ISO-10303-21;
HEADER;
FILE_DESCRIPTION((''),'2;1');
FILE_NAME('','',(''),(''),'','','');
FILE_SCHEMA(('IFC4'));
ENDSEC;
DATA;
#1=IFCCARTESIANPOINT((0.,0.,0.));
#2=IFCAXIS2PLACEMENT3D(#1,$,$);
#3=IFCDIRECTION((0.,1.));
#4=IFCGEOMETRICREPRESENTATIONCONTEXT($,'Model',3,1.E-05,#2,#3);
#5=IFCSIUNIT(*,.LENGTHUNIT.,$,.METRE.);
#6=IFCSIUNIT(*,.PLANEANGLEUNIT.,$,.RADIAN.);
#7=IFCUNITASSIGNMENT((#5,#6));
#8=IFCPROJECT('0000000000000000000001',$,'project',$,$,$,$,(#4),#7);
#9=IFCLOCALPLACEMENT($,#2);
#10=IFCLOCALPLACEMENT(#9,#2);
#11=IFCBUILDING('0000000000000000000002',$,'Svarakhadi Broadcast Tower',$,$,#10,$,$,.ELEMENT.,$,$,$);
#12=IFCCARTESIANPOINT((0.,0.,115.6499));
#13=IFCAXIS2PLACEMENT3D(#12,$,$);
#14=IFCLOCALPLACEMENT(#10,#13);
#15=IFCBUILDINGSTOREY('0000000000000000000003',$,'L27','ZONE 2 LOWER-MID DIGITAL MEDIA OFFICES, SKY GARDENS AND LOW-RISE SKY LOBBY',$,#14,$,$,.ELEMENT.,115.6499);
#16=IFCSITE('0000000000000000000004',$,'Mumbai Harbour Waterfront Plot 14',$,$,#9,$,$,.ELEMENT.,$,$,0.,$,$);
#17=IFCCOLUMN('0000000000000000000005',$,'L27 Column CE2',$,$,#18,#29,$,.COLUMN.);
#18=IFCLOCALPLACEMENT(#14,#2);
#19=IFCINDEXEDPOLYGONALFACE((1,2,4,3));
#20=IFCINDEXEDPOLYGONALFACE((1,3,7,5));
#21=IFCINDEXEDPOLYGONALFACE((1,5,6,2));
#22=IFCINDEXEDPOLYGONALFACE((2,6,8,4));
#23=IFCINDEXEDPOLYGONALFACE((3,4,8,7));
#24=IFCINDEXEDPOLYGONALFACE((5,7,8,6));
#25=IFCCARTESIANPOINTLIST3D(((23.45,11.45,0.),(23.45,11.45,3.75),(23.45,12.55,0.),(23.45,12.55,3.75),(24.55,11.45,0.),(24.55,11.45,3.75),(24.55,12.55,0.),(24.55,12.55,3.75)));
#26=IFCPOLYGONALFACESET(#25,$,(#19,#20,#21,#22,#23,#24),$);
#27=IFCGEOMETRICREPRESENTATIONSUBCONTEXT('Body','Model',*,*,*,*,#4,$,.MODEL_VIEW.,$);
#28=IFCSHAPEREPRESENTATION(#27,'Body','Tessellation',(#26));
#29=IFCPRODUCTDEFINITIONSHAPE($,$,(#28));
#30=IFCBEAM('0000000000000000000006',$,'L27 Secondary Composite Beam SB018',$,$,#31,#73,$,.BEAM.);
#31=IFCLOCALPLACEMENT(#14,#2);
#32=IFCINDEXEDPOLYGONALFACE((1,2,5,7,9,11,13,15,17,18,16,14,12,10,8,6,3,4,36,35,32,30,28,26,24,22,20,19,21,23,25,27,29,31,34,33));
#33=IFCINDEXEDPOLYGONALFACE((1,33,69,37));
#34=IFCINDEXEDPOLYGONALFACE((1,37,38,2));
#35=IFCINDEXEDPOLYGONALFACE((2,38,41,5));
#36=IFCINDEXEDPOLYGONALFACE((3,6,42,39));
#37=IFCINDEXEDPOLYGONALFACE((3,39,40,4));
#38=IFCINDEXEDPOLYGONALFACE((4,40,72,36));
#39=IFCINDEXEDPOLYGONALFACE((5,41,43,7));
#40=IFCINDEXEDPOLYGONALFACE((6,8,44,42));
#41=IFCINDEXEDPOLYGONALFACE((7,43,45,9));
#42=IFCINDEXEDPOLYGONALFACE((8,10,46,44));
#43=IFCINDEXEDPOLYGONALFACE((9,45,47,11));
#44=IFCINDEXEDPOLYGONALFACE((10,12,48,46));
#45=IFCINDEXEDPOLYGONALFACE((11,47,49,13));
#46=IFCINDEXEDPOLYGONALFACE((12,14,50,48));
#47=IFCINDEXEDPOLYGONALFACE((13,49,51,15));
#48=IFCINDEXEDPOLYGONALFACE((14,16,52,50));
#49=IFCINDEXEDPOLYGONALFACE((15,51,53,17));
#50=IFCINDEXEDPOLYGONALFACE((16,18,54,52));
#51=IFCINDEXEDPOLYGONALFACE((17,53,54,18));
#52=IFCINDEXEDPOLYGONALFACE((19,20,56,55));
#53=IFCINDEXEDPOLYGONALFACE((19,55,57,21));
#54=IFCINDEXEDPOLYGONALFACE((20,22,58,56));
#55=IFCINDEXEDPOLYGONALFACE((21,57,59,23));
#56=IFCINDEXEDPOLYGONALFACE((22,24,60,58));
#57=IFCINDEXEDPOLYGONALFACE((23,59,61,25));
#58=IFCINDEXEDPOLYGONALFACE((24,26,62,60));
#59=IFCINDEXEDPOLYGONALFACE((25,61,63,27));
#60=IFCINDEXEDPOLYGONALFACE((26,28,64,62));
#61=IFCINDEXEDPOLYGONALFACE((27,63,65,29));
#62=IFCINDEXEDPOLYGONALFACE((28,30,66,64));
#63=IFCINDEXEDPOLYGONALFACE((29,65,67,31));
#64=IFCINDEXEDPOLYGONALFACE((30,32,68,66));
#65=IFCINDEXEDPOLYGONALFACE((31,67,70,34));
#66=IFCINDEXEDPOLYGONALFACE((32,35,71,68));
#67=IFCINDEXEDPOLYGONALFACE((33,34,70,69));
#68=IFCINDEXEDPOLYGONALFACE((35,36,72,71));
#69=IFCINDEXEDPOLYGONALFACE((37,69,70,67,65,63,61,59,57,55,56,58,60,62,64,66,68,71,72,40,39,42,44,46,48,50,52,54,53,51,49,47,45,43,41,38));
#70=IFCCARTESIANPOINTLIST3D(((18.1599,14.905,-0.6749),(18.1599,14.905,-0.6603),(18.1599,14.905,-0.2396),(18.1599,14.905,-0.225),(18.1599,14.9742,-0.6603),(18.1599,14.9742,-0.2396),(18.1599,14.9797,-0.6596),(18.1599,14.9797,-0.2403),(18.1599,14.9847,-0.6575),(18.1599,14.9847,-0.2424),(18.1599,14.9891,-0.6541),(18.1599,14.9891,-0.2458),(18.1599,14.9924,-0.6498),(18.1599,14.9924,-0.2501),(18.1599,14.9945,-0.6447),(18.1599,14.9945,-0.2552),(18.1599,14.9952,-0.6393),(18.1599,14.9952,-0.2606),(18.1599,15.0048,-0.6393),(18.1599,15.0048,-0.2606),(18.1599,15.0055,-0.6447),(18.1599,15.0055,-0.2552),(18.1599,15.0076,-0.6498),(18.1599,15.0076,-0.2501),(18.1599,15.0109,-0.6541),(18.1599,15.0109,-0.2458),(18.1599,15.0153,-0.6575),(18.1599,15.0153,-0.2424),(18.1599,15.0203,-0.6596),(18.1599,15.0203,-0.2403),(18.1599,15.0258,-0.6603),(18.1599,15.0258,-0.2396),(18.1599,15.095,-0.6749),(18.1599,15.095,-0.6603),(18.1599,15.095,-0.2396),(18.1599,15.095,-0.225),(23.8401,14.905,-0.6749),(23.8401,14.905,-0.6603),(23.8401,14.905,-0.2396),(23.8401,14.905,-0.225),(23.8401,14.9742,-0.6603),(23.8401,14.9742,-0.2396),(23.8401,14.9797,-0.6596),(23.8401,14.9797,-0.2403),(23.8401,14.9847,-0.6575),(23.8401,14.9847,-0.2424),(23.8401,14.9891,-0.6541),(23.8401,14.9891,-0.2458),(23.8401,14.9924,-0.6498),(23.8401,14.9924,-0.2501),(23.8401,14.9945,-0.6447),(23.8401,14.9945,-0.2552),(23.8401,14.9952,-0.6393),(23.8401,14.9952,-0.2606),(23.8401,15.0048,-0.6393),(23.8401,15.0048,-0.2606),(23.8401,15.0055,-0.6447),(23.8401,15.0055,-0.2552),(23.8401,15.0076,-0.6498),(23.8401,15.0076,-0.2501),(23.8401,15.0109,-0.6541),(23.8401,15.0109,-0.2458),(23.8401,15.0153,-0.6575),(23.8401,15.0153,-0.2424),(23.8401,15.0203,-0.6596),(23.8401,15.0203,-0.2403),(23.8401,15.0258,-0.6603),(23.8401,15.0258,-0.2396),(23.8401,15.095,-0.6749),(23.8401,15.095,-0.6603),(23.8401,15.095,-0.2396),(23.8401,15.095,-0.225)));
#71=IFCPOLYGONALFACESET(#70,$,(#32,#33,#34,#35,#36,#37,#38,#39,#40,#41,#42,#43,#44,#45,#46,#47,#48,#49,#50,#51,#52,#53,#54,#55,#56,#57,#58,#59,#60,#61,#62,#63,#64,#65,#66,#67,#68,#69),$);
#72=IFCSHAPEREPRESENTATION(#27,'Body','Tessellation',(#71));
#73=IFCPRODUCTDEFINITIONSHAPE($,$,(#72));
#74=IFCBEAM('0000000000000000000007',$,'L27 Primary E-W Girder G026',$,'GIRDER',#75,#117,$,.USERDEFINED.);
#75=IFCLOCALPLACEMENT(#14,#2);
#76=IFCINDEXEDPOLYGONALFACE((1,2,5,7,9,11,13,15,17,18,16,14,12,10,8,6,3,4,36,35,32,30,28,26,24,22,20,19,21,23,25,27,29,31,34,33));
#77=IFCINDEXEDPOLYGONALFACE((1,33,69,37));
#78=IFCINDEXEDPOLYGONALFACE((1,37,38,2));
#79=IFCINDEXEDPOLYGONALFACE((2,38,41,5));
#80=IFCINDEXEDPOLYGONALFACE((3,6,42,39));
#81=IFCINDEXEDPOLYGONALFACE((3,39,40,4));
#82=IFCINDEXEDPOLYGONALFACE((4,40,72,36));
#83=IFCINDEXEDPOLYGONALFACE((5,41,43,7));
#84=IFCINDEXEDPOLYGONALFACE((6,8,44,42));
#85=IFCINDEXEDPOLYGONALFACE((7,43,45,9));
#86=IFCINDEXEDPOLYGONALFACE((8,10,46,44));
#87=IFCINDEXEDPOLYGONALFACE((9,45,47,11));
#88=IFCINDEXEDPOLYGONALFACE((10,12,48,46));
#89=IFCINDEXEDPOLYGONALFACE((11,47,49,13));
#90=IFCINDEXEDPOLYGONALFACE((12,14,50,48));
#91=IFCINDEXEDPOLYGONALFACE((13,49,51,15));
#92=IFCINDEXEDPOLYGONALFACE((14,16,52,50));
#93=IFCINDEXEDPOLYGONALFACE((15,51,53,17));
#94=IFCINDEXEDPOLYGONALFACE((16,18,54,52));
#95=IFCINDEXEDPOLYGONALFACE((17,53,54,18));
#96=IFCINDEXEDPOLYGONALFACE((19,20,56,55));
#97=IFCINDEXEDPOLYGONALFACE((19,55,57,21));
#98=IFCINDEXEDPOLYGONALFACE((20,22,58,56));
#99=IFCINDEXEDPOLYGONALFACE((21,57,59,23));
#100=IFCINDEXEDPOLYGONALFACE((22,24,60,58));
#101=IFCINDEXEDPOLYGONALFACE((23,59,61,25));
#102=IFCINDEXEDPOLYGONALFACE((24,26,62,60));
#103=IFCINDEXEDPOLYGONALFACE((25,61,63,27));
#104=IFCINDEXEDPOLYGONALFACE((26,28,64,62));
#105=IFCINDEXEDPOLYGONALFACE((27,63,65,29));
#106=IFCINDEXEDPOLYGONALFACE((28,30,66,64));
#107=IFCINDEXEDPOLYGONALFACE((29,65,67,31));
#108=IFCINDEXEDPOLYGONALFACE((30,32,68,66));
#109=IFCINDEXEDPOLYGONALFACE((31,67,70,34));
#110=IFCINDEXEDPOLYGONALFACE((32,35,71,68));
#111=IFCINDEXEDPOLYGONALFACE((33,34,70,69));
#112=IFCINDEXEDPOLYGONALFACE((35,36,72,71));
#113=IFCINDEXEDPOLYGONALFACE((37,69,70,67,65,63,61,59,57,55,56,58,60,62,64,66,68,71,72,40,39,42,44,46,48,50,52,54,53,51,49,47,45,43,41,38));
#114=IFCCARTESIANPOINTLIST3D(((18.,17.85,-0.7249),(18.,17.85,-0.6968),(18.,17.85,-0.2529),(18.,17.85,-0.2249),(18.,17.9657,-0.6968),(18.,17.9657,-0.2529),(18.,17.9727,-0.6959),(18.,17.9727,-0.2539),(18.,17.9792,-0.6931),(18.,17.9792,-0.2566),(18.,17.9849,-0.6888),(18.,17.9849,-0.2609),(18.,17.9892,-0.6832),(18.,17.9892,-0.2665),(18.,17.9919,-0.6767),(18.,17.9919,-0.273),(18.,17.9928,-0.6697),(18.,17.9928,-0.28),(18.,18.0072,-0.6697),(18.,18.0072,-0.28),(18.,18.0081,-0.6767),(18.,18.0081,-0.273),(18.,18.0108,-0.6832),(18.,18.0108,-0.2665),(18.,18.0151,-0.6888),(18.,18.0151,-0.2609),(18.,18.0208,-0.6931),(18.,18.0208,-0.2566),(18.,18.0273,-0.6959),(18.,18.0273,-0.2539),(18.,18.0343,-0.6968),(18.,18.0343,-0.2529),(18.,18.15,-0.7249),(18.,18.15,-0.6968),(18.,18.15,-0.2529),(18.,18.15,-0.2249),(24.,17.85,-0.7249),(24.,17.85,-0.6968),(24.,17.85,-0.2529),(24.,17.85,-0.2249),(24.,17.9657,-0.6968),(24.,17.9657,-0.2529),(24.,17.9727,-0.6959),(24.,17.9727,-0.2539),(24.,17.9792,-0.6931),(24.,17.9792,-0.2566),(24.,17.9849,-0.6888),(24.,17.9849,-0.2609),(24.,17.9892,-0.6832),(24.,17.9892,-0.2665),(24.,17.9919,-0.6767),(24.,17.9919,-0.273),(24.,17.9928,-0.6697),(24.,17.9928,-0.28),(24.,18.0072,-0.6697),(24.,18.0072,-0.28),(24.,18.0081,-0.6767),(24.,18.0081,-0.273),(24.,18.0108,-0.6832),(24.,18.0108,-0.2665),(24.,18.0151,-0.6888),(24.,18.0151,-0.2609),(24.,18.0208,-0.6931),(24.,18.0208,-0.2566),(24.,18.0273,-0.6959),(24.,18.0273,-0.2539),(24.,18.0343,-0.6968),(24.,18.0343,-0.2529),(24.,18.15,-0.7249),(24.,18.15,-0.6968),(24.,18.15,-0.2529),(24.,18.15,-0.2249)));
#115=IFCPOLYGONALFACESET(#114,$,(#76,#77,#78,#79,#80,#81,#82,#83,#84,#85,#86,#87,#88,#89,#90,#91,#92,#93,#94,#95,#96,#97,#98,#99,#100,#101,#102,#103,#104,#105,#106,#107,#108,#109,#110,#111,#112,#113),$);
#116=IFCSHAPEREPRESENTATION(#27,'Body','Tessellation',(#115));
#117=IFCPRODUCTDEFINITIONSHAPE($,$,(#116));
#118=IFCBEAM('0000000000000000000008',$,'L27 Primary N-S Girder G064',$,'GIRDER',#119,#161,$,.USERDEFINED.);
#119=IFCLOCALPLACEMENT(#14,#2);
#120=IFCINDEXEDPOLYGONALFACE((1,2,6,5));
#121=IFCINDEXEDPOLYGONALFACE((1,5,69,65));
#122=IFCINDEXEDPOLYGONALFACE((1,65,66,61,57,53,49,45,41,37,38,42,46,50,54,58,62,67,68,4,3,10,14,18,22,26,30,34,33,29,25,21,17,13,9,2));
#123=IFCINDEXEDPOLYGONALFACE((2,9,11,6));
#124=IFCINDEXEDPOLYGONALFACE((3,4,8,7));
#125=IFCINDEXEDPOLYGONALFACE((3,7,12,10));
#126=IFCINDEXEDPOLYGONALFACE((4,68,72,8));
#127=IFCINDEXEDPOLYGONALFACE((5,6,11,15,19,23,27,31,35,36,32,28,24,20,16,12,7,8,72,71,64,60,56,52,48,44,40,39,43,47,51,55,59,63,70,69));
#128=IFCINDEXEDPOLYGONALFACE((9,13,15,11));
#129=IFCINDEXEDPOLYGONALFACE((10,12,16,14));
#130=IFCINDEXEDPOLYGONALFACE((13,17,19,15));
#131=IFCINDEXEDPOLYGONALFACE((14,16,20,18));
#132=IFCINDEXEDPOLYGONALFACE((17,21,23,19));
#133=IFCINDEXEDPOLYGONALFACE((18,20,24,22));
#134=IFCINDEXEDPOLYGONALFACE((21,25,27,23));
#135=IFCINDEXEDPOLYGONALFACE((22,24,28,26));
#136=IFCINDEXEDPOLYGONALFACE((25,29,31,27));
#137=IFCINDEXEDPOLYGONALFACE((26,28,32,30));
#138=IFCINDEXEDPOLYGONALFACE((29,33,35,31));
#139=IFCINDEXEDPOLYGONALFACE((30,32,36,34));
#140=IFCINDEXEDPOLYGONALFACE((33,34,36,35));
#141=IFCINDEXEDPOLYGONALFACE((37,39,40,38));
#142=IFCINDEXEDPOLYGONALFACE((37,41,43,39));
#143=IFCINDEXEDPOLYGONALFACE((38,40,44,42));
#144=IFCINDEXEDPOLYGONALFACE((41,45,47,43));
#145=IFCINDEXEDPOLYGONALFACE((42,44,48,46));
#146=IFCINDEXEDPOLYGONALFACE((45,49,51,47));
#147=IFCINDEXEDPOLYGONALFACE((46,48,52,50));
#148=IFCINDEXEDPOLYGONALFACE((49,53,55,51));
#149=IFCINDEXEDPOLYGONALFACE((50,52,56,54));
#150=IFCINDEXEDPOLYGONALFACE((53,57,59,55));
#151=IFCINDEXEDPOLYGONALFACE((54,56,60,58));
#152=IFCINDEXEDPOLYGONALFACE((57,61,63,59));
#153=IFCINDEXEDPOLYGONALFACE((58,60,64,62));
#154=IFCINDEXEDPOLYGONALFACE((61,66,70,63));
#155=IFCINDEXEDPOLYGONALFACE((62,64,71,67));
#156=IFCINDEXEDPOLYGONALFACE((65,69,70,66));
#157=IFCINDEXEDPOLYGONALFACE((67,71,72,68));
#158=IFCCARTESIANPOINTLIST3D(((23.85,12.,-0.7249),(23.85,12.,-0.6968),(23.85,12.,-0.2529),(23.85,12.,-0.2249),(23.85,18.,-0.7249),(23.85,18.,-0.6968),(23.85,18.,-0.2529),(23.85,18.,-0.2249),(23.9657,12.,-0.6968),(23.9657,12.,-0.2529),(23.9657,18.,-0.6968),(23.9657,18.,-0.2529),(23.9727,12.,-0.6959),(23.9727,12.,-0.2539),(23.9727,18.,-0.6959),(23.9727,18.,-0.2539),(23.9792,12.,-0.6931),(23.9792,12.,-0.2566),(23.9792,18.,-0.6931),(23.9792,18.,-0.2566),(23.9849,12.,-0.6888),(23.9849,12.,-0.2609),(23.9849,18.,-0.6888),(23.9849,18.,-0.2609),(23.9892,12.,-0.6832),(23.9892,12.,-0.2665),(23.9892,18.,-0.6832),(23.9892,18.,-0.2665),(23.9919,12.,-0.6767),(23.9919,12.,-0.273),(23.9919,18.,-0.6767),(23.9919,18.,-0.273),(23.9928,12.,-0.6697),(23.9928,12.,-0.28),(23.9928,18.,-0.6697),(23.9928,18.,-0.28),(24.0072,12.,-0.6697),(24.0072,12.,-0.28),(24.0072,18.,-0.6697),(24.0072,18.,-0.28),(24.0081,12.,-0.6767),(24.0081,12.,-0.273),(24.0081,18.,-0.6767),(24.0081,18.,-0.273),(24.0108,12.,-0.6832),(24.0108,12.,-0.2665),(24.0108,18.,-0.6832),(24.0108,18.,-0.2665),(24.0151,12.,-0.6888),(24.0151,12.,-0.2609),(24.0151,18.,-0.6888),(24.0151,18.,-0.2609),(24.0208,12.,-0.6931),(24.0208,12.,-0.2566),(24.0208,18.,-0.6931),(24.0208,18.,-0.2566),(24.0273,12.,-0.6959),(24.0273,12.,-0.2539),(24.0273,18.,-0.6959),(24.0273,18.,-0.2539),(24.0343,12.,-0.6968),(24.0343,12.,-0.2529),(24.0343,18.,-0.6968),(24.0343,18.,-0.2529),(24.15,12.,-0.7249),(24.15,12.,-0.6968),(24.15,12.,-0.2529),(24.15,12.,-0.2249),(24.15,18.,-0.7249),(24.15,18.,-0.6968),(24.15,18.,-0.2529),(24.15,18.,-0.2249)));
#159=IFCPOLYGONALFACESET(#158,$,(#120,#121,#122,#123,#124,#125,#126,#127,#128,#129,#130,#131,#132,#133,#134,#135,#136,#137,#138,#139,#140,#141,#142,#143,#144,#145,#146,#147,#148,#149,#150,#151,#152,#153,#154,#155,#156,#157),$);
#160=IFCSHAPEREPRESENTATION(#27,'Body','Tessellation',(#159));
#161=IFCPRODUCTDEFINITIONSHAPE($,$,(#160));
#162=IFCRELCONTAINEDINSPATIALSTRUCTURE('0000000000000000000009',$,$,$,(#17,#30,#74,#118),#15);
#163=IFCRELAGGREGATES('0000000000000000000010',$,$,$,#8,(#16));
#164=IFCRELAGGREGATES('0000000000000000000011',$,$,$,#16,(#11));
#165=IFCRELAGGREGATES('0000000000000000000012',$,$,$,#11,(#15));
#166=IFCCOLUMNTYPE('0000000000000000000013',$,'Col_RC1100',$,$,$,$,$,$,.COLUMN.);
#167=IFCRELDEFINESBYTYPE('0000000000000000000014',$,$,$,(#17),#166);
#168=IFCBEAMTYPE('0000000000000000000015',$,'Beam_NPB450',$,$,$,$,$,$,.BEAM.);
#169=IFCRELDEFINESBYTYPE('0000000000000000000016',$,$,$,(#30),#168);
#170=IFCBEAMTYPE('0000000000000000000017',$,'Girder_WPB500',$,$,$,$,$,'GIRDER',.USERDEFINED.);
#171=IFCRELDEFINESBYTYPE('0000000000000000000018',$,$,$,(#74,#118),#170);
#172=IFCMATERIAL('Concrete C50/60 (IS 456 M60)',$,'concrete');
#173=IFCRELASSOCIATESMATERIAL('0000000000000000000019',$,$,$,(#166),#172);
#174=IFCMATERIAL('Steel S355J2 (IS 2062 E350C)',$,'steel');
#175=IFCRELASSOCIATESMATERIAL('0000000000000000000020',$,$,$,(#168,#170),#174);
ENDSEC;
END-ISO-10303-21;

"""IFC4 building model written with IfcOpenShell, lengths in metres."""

from ifc_helpers import new_model, si_unit, direction, frame, origin, origin_2d, place, context, subcontext, project, spatial, rectangle, i_section, extrude, material, material_profile, profile_set, type_object, element, save


model = new_model("IFC4")

# Units and contexts
model_context = context("Model", 3, precision=1e-05, world=origin(), true_north=direction((0.0, 1.0)))
body_context = subcontext(model_context, "Body", "Model", "MODEL_VIEW")
ifc_project = project(units=[si_unit("LENGTHUNIT", "METRE"), si_unit("PLANEANGLEUNIT", "RADIAN")], contexts=[model_context])

# Site, building, storey
site_placement = place(None, origin())
site = spatial("IfcSite", under=ifc_project, at=site_placement, Name="Mumbai Harbour Waterfront Plot 14", CompositionType="ELEMENT", RefElevation=0.0)
building_placement = place(site_placement, origin())
building = spatial("IfcBuilding", under=site, at=building_placement, Name="Svarakhadi Broadcast Tower", CompositionType="ELEMENT")
storey_placement = place(building_placement, frame((0.0, 0.0, 115.6499)))
storey = spatial("IfcBuildingStorey", under=building, at=storey_placement, Name="L27", Description="ZONE 2 LOWER-MID DIGITAL MEDIA OFFICES, SKY GARDENS AND LOW-RISE SKY LOBBY", CompositionType="ELEMENT", Elevation=115.6499)

# Column
ifc_material_1 = material(Name="Concrete C50/60 (IS 456 M60)", Category="concrete")
ifc_material_profile_1 = material_profile(ifc_material_1, rectangle(XDim=1.1001, YDim=1.1001, at=origin_2d()), Name="RC 1100x1100")
ifc_profile_set_1 = profile_set([ifc_material_profile_1], Name="Concrete C50/60 (IS 456 M60)")
column_type = type_object("IfcColumnType", Name="Col_RC1100", PredefinedType="COLUMN", material=ifc_profile_set_1)
column_placement = place(storey_placement, frame((24.0, 12.0, 0.0), z_axis=(0.0, 0.0, 1.0), x_axis=(1.0, 0.0, 0.0)))
element("IfcColumn", 1, at=column_placement, inside=storey, type_object=column_type, Name="L27 Column CE2", PredefinedType="COLUMN", context=body_context, shape_type="SweptSolid", body=[
    extrude(rectangle(XDim=1.1001, YDim=1.1001, at=origin_2d()), origin(), (0.0, 0.0, 1.0), 3.75),
])

# Beams
ifc_material_2 = material(Name="Steel S355J2 (IS 2062 E350C)", Category="steel")
ifc_material_profile_2 = material_profile(ifc_material_2, i_section(OverallWidth=0.1899, OverallDepth=0.45, WebThickness=0.0095, FlangeThickness=0.0146, FilletRadius=0.021, at=origin_2d()), Name="NPB 450x190x78")
ifc_profile_set_2 = profile_set([ifc_material_profile_2], Name="Steel S355J2 (IS 2062 E350C)")
beam_type_1 = type_object("IfcBeamType", Name="Beam_NPB450", PredefinedType="BEAM", material=ifc_profile_set_2)
beam_1_placement = place(storey_placement, frame((18.1599, 15.0, -0.45), z_axis=(1.0, 0.0, 0.0), x_axis=(0.0, 1.0, 0.0)))
element("IfcBeam", 2, at=beam_1_placement, inside=storey, type_object=beam_type_1, Name="L27 Secondary Composite Beam SB018", PredefinedType="BEAM", context=body_context, shape_type="SweptSolid", body=[
    extrude(i_section(OverallWidth=0.1899, OverallDepth=0.45, WebThickness=0.0095, FlangeThickness=0.0146, FilletRadius=0.021, at=origin_2d()), origin(), (0.0, 0.0, 1.0), 5.6802),
])
ifc_material_profile_3 = material_profile(ifc_material_2, i_section(OverallWidth=0.3, OverallDepth=0.5, WebThickness=0.0144, FlangeThickness=0.0281, FilletRadius=0.0271, at=origin_2d()), Name="WPB 500x300x187")
ifc_profile_set_3 = profile_set([ifc_material_profile_3], Name="Steel S355J2 (IS 2062 E350C)")
beam_type_2 = type_object("IfcBeamType", Name="Girder_WPB500", ElementType="GIRDER", PredefinedType="USERDEFINED", material=ifc_profile_set_3)
for number, where, z_axis, x_axis, name in (
    (3, (18.0, 18.0, -0.4749), (1.0, 0.0, 0.0), (0.0, 1.0, 0.0), "L27 Primary E-W Girder G026"),
    (4, (24.0, 12.0, -0.4749), (0.0, 1.0, 0.0), (-1.0, 0.0, 0.0), "L27 Primary N-S Girder G064"),
):
    element("IfcBeam", number, at=place(storey_placement, frame(where, z_axis=z_axis, x_axis=x_axis)), inside=storey, type_object=beam_type_2, Name=name, ObjectType="GIRDER", PredefinedType="USERDEFINED", context=body_context, shape_type="SweptSolid", body=[
        extrude(i_section(OverallWidth=0.3, OverallDepth=0.5, WebThickness=0.0144, FlangeThickness=0.0281, FilletRadius=0.0271, at=origin_2d()), origin(), (0.0, 0.0, 1.0), 6.0),
    ])

save(model, "model.ifc")
